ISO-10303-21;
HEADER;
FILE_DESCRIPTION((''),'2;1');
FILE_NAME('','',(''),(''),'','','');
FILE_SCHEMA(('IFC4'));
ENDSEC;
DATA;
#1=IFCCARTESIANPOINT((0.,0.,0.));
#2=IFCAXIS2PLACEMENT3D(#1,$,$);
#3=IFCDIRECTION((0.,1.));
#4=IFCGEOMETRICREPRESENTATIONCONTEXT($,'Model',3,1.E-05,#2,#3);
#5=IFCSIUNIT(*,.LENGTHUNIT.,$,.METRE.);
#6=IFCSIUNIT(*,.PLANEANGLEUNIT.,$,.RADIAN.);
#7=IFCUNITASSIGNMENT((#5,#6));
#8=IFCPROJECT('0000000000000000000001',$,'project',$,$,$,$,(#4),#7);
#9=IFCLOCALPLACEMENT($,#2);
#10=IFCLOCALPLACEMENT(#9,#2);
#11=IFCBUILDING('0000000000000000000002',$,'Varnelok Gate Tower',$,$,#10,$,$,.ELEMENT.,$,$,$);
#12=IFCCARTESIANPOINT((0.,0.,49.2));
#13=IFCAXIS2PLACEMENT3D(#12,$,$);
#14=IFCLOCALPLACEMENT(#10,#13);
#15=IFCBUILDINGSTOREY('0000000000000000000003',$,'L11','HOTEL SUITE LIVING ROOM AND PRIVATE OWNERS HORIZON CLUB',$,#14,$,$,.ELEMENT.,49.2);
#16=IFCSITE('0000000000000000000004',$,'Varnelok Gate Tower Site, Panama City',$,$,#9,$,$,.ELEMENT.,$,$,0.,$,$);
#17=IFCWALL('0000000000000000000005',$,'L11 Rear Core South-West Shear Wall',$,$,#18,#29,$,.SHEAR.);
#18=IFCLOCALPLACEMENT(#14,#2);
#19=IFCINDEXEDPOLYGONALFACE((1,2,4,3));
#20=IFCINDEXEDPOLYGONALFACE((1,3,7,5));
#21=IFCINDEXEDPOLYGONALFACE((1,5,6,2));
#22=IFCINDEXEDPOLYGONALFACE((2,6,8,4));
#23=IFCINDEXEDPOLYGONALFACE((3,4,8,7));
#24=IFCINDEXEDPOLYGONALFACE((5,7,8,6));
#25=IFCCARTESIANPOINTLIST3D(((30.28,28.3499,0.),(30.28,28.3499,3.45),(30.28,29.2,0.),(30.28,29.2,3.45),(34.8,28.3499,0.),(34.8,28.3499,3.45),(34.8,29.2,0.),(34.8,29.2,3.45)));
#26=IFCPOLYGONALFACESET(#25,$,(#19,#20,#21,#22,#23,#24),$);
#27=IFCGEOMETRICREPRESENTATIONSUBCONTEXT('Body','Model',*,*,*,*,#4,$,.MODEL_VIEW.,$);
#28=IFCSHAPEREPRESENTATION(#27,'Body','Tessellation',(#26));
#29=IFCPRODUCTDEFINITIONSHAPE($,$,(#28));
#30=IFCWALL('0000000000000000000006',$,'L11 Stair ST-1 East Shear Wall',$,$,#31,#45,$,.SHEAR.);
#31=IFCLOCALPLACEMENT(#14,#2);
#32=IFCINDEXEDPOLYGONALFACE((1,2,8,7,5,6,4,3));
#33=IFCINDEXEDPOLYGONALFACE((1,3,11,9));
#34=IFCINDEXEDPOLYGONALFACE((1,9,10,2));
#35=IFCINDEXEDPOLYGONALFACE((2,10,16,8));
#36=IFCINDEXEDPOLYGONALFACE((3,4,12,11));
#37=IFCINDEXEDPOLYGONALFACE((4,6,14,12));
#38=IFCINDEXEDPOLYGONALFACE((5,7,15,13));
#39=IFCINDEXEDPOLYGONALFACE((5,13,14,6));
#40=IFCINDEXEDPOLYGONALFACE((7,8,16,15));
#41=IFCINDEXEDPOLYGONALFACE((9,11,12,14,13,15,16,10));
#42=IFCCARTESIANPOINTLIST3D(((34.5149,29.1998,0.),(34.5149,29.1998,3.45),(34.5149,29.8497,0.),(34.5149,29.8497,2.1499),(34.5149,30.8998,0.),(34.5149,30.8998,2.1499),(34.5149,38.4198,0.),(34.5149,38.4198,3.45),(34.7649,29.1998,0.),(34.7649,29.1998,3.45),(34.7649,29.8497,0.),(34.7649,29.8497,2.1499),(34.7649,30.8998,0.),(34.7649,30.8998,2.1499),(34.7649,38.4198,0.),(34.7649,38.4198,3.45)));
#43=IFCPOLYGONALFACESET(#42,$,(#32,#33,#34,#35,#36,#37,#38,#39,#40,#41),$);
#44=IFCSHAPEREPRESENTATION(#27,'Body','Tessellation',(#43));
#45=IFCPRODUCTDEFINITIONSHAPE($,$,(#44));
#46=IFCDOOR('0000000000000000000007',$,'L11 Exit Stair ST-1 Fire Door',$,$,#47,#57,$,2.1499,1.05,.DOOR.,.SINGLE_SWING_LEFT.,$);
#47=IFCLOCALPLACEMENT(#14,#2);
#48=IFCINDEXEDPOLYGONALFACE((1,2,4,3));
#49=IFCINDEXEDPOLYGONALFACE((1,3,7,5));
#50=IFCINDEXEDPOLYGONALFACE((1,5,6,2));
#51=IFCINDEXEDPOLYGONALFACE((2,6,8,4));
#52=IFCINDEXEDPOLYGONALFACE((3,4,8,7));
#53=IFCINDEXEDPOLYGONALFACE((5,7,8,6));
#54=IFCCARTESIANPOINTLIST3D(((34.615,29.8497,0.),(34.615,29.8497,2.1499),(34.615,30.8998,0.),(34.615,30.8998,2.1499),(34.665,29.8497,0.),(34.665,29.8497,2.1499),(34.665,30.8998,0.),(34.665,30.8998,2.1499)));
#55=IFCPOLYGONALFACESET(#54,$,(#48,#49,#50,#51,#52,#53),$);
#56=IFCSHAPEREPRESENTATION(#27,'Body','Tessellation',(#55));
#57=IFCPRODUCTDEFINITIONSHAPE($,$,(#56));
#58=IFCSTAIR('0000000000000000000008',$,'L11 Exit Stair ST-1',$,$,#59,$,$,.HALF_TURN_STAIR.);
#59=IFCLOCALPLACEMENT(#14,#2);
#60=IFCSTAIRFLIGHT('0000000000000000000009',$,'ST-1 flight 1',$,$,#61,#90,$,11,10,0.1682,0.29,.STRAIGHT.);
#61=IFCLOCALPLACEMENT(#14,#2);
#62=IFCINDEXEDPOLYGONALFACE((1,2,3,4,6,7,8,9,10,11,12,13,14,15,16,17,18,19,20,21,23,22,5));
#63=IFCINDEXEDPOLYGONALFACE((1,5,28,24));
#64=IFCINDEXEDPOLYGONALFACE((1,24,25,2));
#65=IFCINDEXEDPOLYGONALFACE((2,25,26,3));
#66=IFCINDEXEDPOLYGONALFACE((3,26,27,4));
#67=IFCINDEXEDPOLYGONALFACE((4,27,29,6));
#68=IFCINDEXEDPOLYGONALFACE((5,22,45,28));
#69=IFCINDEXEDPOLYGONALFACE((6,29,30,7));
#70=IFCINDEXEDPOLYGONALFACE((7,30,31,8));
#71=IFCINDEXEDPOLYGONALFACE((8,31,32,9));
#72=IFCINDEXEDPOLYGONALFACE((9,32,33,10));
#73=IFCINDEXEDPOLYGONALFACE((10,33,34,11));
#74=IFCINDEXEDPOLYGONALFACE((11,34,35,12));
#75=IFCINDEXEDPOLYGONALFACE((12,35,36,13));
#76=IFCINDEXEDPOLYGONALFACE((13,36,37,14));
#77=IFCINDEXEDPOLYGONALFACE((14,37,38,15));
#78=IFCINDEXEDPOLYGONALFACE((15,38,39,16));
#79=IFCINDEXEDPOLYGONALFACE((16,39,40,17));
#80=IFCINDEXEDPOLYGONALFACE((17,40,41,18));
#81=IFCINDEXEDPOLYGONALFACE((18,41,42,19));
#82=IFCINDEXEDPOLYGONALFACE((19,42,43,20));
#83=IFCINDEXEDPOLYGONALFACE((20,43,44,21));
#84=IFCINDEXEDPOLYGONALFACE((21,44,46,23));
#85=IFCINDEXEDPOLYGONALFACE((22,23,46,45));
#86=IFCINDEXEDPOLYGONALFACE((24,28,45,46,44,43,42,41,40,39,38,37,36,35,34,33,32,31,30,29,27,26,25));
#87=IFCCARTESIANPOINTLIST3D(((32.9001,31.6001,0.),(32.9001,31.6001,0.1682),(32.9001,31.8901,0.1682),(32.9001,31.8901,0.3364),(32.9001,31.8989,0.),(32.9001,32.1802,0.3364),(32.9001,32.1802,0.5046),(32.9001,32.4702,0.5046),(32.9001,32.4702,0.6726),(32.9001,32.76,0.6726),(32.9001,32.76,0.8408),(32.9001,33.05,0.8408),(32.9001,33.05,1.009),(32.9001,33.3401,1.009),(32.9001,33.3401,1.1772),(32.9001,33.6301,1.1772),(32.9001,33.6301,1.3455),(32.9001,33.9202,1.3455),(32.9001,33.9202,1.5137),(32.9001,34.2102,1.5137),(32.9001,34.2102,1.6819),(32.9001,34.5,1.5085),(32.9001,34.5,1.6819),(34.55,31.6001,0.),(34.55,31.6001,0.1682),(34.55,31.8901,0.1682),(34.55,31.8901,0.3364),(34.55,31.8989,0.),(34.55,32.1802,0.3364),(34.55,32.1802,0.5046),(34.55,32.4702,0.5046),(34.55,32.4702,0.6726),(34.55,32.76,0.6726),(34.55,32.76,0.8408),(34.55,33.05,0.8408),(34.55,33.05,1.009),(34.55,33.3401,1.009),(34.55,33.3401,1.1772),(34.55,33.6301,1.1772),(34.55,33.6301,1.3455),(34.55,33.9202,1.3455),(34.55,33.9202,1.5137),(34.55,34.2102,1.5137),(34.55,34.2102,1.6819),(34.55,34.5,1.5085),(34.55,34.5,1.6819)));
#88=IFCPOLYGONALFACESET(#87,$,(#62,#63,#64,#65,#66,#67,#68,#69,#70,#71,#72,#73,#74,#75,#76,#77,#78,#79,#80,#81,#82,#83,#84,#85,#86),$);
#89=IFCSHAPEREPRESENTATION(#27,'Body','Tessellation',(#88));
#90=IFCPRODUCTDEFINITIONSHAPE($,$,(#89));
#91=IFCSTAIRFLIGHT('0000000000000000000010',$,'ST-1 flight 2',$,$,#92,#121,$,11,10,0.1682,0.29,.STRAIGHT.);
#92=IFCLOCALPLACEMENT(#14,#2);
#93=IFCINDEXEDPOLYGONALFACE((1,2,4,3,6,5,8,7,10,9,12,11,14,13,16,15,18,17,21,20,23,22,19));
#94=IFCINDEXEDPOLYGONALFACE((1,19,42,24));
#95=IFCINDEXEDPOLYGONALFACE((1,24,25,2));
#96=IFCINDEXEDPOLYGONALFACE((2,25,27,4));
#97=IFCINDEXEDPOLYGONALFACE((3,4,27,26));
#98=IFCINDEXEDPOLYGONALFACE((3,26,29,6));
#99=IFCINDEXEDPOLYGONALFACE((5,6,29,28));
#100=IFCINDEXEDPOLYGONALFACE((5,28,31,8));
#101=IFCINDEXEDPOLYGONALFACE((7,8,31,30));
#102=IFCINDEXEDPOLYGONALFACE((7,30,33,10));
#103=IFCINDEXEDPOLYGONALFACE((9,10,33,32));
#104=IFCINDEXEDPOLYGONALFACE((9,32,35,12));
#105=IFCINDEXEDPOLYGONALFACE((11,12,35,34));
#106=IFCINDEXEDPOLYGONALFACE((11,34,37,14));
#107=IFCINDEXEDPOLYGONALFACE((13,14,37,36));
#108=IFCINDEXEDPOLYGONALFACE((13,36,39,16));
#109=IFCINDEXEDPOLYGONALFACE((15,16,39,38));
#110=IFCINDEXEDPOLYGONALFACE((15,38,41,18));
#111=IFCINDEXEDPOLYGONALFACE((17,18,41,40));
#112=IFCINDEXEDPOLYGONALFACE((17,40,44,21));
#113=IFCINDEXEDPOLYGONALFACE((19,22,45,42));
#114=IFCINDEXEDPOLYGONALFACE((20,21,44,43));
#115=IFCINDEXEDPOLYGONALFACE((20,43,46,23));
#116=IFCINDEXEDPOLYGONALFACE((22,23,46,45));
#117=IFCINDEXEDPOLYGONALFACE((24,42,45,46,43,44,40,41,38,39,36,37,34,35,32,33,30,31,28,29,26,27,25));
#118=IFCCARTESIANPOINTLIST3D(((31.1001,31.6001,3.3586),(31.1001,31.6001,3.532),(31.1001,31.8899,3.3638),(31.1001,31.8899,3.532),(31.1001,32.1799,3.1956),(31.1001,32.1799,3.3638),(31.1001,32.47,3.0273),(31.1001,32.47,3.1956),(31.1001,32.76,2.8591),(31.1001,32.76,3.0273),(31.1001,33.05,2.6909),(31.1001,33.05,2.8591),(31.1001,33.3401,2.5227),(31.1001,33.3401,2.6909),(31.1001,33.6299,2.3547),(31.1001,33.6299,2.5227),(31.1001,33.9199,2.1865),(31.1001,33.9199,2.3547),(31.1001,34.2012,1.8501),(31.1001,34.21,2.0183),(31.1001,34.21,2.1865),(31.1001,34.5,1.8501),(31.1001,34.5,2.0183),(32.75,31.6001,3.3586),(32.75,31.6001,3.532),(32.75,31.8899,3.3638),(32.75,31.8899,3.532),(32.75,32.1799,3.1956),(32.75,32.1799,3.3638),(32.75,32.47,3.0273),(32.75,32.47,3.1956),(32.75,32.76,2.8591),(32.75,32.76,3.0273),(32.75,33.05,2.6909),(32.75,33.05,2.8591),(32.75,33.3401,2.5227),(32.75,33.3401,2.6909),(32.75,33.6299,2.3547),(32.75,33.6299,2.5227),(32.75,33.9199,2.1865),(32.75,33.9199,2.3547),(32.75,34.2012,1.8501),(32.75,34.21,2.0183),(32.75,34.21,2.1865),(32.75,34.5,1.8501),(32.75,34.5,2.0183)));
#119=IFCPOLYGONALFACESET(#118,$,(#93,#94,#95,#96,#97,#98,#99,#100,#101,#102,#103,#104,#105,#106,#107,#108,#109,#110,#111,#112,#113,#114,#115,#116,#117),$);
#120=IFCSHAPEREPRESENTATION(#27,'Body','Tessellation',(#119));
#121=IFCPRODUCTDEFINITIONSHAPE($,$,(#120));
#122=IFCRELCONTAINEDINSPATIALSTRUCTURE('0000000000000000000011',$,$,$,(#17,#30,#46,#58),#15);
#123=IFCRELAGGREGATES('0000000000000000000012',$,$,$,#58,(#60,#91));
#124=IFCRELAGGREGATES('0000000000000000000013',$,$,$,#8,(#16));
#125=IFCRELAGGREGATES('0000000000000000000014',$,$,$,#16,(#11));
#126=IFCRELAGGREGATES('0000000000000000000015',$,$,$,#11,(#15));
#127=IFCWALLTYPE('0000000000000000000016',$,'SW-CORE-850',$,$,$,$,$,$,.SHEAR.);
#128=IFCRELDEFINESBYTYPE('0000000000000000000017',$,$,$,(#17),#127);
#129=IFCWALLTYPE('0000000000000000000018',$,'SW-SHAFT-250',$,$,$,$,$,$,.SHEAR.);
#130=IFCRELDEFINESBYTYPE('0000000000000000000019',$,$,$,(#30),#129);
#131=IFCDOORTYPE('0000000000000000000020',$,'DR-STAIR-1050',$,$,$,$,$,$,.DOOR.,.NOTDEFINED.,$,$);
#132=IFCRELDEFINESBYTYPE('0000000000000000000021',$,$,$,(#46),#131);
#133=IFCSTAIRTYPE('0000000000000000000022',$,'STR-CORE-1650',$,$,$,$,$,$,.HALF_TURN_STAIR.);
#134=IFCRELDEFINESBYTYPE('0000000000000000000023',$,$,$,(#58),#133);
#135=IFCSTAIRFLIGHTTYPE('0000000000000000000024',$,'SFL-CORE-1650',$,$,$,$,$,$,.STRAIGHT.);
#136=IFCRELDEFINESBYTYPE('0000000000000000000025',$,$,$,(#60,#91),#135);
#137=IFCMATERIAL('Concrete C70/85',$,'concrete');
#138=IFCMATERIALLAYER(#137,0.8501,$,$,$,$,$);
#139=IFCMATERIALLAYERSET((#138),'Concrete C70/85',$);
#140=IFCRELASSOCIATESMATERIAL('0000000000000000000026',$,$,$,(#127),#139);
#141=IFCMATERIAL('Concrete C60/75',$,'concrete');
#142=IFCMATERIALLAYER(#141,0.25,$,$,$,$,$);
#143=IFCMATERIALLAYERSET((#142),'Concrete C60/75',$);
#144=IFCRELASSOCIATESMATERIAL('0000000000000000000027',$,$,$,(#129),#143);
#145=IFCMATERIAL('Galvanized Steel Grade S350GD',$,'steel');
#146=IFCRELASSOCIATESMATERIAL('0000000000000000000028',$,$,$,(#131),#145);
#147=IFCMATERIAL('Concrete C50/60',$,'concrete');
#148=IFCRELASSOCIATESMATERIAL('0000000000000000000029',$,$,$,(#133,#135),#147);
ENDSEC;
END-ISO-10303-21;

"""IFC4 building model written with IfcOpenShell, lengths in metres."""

from ifc_helpers import new_model, si_unit, direction, frame, frame_2d, origin, place, context, subcontext, project, spatial, polyline, rectangle, outline, extrude, material, layer, layer_set, type_object, element, fill, aggregate, save


model = new_model("IFC4")

# Units and contexts
model_context = context("Model", 3, precision=1e-05, world=origin(), true_north=direction((0.0, 1.0)))
body_context = subcontext(model_context, "Body", "Model", "MODEL_VIEW")
ifc_project = project(units=[si_unit("LENGTHUNIT", "METRE"), si_unit("PLANEANGLEUNIT", "RADIAN")], contexts=[model_context])

# Site, building, storey
site_placement = place(None, origin())
site = spatial("IfcSite", under=ifc_project, at=site_placement, Name="Varnelok Gate Tower Site, Panama City", CompositionType="ELEMENT", RefElevation=0.0)
building_placement = place(site_placement, origin())
building = spatial("IfcBuilding", under=site, at=building_placement, Name="Varnelok Gate Tower", CompositionType="ELEMENT")
storey_placement = place(building_placement, frame((0.0, 0.0, 49.2)))
storey = spatial("IfcBuildingStorey", under=building, at=storey_placement, Name="L11", Description="HOTEL SUITE LIVING ROOM AND PRIVATE OWNERS HORIZON CLUB", CompositionType="ELEMENT", Elevation=49.2)

# Shared definitions
ifc_material_1 = material(Name="Galvanized Steel Grade S350GD", Category="steel")

# Wall
ifc_material_2 = material(Name="Concrete C70/85", Category="concrete")
ifc_layer_1 = layer(ifc_material_2, 0.8501)
ifc_layer_set_1 = layer_set([ifc_layer_1], Name="Concrete C70/85")
wall_type_1 = type_object("IfcWallType", Name="SW-CORE-850", PredefinedType="SHEAR", material=ifc_layer_set_1)
wall_1_placement = place(storey_placement, frame((30.28, 28.7749, 0.0), z_axis=(0.0, 0.0, 1.0), x_axis=(1.0, 0.0, 0.0)))
element("IfcWall", 1, at=wall_1_placement, inside=storey, type_object=wall_type_1, Name="L11 Rear Core South-West Shear Wall", PredefinedType="SHEAR", context=body_context, shape_type="SweptSolid", body=[
    extrude(rectangle(XDim=4.52, YDim=0.8501, at=frame_2d((2.26, 0.0))), origin(), (0.0, 0.0, 1.0), 3.45),
])

# Wall, opening, door
ifc_material_3 = material(Name="Concrete C60/75", Category="concrete")
ifc_layer_2 = layer(ifc_material_3, 0.25)
ifc_layer_set_2 = layer_set([ifc_layer_2], Name="Concrete C60/75")
wall_type_2 = type_object("IfcWallType", Name="SW-SHAFT-250", PredefinedType="SHEAR", material=ifc_layer_set_2)
wall_2_placement = place(storey_placement, frame((34.6399, 29.2, 0.0), z_axis=(0.0, 0.0, 1.0), x_axis=(0.0, 1.0, 0.0)))
wall_2 = element("IfcWall", 2, at=wall_2_placement, inside=storey, type_object=wall_type_2, Name="L11 Stair ST-1 East Shear Wall", PredefinedType="SHEAR", context=body_context, shape_type="SweptSolid", body=[
    extrude(rectangle(XDim=9.22, YDim=0.25, at=frame_2d((4.6099, 0.0))), origin(), (0.0, 0.0, 1.0), 3.45),
])
opening_1_placement = place(wall_2_placement, frame((0.6499, 0.0, 0.0)))
opening_1 = element("IfcOpeningElement", 3, at=opening_1_placement, cuts=wall_2, PredefinedType="OPENING", context=body_context, shape_type="SweptSolid", body=[
    extrude(rectangle(XDim=1.05, YDim=2.1499, at=frame_2d((0.5249, 1.075))), frame((0.0, 0.135, 0.0), z_axis=(0.0, -1.0, 0.0), x_axis=(1.0, 0.0, 0.0)), (0.0, 0.0, 1.0), 0.27),
])
door_type_1 = type_object("IfcDoorType", Name="DR-STAIR-1050", OperationType="NOTDEFINED", PredefinedType="DOOR", material=ifc_material_1)
door_1_placement = place(opening_1_placement, origin())
door_1 = element("IfcDoor", 4, at=door_1_placement, inside=storey, type_object=door_type_1, Name="L11 Exit Stair ST-1 Fire Door", OperationType="SINGLE_SWING_LEFT", OverallHeight=2.1499, OverallWidth=1.05, PredefinedType="DOOR", context=body_context, shape_type="SweptSolid", body=[
    extrude(rectangle(XDim=1.05, YDim=2.1499, at=frame_2d((0.5249, 1.075))), frame((0.0, 0.0249, 0.0), z_axis=(0.0, -1.0, 0.0), x_axis=(1.0, 0.0, 0.0)), (0.0, 0.0, 1.0), 0.05),
])
fill(opening_1, door_1)

# Stair, stair flights
ifc_material_4 = material(Name="Concrete C50/60", Category="concrete")
stair_type = type_object("IfcStairType", Name="STR-CORE-1650", PredefinedType="HALF_TURN_STAIR", material=ifc_material_4)
stair_placement = place(storey_placement, origin())
stair = element("IfcStair", 5, at=stair_placement, inside=storey, type_object=stair_type, Name="L11 Exit Stair ST-1", PredefinedType="HALF_TURN_STAIR")
stair_flight_type = type_object("IfcStairFlightType", Name="SFL-CORE-1650", PredefinedType="STRAIGHT", material=ifc_material_4)
stair_flight_1_placement = place(storey_placement, frame((33.7251, 31.6001, 0.0), z_axis=(0.0, 0.0, 1.0), x_axis=(0.0, 1.0, 0.0)))
stair_flight_1 = element("IfcStairFlight", 6, at=stair_flight_1_placement, type_object=stair_flight_type, Name="ST-1 flight 1", NumberOfRisers=11, NumberOfTreads=10, PredefinedType="STRAIGHT", RiserHeight=0.1682, TreadLength=0.29, context=body_context, shape_type="SweptSolid", body=[
    extrude(outline(polyline([(0.0, 0.0), (0.0, 0.1682), (0.29, 0.1682), (0.29, 0.3364), (0.5801, 0.3364), (0.5801, 0.5046), (0.8701, 0.5046), (0.8701, 0.6726), (1.1599, 0.6726), (1.1599, 0.8408), (1.45, 0.8408), (1.45, 1.009), (1.74, 1.009), (1.74, 1.1772), (2.03, 1.1772), (2.03, 1.3455), (2.3201, 1.3455), (2.3201, 1.5137), (2.6101, 1.5137), (2.6101, 1.6819), (2.8999, 1.6819), (2.8999, 1.8501), (2.8999, 1.5085), (0.2988, 0.0), (0.0, 0.0)])), frame((0.0, 0.825, 0.0), z_axis=(0.0, -1.0, 0.0), x_axis=(1.0, 0.0, 0.0)), (0.0, 0.0, 1.0), 1.6499),
])
stair_flight_2_placement = place(storey_placement, frame((31.925, 34.5, 1.8501), z_axis=(0.0, 0.0, 1.0), x_axis=(0.0, -1.0, 0.0)))
stair_flight_2 = element("IfcStairFlight", 7, at=stair_flight_2_placement, type_object=stair_flight_type, Name="ST-1 flight 2", NumberOfRisers=11, NumberOfTreads=10, PredefinedType="STRAIGHT", RiserHeight=0.1682, TreadLength=0.29, context=body_context, shape_type="SweptSolid", body=[
    extrude(outline(polyline([(0.0, 0.0), (0.0, 0.1682), (0.29, 0.1682), (0.29, 0.3364), (0.5801, 0.3364), (0.5801, 0.5046), (0.8701, 0.5046), (0.8701, 0.6726), (1.1599, 0.6726), (1.1599, 0.8408), (1.45, 0.8408), (1.45, 1.009), (1.74, 1.009), (1.74, 1.1772), (2.03, 1.1772), (2.03, 1.3455), (2.3201, 1.3455), (2.3201, 1.5137), (2.6101, 1.5137), (2.6101, 1.6819), (2.8999, 1.6819), (2.8999, 1.8501), (2.8999, 1.5085), (0.2988, 0.0), (0.0, 0.0)])), frame((0.0, 0.825, 0.0), z_axis=(0.0, -1.0, 0.0), x_axis=(1.0, 0.0, 0.0)), (0.0, 0.0, 1.0), 1.6499),
])
aggregate(stair, [stair_flight_1, stair_flight_2])

save(model, "model.ifc")
